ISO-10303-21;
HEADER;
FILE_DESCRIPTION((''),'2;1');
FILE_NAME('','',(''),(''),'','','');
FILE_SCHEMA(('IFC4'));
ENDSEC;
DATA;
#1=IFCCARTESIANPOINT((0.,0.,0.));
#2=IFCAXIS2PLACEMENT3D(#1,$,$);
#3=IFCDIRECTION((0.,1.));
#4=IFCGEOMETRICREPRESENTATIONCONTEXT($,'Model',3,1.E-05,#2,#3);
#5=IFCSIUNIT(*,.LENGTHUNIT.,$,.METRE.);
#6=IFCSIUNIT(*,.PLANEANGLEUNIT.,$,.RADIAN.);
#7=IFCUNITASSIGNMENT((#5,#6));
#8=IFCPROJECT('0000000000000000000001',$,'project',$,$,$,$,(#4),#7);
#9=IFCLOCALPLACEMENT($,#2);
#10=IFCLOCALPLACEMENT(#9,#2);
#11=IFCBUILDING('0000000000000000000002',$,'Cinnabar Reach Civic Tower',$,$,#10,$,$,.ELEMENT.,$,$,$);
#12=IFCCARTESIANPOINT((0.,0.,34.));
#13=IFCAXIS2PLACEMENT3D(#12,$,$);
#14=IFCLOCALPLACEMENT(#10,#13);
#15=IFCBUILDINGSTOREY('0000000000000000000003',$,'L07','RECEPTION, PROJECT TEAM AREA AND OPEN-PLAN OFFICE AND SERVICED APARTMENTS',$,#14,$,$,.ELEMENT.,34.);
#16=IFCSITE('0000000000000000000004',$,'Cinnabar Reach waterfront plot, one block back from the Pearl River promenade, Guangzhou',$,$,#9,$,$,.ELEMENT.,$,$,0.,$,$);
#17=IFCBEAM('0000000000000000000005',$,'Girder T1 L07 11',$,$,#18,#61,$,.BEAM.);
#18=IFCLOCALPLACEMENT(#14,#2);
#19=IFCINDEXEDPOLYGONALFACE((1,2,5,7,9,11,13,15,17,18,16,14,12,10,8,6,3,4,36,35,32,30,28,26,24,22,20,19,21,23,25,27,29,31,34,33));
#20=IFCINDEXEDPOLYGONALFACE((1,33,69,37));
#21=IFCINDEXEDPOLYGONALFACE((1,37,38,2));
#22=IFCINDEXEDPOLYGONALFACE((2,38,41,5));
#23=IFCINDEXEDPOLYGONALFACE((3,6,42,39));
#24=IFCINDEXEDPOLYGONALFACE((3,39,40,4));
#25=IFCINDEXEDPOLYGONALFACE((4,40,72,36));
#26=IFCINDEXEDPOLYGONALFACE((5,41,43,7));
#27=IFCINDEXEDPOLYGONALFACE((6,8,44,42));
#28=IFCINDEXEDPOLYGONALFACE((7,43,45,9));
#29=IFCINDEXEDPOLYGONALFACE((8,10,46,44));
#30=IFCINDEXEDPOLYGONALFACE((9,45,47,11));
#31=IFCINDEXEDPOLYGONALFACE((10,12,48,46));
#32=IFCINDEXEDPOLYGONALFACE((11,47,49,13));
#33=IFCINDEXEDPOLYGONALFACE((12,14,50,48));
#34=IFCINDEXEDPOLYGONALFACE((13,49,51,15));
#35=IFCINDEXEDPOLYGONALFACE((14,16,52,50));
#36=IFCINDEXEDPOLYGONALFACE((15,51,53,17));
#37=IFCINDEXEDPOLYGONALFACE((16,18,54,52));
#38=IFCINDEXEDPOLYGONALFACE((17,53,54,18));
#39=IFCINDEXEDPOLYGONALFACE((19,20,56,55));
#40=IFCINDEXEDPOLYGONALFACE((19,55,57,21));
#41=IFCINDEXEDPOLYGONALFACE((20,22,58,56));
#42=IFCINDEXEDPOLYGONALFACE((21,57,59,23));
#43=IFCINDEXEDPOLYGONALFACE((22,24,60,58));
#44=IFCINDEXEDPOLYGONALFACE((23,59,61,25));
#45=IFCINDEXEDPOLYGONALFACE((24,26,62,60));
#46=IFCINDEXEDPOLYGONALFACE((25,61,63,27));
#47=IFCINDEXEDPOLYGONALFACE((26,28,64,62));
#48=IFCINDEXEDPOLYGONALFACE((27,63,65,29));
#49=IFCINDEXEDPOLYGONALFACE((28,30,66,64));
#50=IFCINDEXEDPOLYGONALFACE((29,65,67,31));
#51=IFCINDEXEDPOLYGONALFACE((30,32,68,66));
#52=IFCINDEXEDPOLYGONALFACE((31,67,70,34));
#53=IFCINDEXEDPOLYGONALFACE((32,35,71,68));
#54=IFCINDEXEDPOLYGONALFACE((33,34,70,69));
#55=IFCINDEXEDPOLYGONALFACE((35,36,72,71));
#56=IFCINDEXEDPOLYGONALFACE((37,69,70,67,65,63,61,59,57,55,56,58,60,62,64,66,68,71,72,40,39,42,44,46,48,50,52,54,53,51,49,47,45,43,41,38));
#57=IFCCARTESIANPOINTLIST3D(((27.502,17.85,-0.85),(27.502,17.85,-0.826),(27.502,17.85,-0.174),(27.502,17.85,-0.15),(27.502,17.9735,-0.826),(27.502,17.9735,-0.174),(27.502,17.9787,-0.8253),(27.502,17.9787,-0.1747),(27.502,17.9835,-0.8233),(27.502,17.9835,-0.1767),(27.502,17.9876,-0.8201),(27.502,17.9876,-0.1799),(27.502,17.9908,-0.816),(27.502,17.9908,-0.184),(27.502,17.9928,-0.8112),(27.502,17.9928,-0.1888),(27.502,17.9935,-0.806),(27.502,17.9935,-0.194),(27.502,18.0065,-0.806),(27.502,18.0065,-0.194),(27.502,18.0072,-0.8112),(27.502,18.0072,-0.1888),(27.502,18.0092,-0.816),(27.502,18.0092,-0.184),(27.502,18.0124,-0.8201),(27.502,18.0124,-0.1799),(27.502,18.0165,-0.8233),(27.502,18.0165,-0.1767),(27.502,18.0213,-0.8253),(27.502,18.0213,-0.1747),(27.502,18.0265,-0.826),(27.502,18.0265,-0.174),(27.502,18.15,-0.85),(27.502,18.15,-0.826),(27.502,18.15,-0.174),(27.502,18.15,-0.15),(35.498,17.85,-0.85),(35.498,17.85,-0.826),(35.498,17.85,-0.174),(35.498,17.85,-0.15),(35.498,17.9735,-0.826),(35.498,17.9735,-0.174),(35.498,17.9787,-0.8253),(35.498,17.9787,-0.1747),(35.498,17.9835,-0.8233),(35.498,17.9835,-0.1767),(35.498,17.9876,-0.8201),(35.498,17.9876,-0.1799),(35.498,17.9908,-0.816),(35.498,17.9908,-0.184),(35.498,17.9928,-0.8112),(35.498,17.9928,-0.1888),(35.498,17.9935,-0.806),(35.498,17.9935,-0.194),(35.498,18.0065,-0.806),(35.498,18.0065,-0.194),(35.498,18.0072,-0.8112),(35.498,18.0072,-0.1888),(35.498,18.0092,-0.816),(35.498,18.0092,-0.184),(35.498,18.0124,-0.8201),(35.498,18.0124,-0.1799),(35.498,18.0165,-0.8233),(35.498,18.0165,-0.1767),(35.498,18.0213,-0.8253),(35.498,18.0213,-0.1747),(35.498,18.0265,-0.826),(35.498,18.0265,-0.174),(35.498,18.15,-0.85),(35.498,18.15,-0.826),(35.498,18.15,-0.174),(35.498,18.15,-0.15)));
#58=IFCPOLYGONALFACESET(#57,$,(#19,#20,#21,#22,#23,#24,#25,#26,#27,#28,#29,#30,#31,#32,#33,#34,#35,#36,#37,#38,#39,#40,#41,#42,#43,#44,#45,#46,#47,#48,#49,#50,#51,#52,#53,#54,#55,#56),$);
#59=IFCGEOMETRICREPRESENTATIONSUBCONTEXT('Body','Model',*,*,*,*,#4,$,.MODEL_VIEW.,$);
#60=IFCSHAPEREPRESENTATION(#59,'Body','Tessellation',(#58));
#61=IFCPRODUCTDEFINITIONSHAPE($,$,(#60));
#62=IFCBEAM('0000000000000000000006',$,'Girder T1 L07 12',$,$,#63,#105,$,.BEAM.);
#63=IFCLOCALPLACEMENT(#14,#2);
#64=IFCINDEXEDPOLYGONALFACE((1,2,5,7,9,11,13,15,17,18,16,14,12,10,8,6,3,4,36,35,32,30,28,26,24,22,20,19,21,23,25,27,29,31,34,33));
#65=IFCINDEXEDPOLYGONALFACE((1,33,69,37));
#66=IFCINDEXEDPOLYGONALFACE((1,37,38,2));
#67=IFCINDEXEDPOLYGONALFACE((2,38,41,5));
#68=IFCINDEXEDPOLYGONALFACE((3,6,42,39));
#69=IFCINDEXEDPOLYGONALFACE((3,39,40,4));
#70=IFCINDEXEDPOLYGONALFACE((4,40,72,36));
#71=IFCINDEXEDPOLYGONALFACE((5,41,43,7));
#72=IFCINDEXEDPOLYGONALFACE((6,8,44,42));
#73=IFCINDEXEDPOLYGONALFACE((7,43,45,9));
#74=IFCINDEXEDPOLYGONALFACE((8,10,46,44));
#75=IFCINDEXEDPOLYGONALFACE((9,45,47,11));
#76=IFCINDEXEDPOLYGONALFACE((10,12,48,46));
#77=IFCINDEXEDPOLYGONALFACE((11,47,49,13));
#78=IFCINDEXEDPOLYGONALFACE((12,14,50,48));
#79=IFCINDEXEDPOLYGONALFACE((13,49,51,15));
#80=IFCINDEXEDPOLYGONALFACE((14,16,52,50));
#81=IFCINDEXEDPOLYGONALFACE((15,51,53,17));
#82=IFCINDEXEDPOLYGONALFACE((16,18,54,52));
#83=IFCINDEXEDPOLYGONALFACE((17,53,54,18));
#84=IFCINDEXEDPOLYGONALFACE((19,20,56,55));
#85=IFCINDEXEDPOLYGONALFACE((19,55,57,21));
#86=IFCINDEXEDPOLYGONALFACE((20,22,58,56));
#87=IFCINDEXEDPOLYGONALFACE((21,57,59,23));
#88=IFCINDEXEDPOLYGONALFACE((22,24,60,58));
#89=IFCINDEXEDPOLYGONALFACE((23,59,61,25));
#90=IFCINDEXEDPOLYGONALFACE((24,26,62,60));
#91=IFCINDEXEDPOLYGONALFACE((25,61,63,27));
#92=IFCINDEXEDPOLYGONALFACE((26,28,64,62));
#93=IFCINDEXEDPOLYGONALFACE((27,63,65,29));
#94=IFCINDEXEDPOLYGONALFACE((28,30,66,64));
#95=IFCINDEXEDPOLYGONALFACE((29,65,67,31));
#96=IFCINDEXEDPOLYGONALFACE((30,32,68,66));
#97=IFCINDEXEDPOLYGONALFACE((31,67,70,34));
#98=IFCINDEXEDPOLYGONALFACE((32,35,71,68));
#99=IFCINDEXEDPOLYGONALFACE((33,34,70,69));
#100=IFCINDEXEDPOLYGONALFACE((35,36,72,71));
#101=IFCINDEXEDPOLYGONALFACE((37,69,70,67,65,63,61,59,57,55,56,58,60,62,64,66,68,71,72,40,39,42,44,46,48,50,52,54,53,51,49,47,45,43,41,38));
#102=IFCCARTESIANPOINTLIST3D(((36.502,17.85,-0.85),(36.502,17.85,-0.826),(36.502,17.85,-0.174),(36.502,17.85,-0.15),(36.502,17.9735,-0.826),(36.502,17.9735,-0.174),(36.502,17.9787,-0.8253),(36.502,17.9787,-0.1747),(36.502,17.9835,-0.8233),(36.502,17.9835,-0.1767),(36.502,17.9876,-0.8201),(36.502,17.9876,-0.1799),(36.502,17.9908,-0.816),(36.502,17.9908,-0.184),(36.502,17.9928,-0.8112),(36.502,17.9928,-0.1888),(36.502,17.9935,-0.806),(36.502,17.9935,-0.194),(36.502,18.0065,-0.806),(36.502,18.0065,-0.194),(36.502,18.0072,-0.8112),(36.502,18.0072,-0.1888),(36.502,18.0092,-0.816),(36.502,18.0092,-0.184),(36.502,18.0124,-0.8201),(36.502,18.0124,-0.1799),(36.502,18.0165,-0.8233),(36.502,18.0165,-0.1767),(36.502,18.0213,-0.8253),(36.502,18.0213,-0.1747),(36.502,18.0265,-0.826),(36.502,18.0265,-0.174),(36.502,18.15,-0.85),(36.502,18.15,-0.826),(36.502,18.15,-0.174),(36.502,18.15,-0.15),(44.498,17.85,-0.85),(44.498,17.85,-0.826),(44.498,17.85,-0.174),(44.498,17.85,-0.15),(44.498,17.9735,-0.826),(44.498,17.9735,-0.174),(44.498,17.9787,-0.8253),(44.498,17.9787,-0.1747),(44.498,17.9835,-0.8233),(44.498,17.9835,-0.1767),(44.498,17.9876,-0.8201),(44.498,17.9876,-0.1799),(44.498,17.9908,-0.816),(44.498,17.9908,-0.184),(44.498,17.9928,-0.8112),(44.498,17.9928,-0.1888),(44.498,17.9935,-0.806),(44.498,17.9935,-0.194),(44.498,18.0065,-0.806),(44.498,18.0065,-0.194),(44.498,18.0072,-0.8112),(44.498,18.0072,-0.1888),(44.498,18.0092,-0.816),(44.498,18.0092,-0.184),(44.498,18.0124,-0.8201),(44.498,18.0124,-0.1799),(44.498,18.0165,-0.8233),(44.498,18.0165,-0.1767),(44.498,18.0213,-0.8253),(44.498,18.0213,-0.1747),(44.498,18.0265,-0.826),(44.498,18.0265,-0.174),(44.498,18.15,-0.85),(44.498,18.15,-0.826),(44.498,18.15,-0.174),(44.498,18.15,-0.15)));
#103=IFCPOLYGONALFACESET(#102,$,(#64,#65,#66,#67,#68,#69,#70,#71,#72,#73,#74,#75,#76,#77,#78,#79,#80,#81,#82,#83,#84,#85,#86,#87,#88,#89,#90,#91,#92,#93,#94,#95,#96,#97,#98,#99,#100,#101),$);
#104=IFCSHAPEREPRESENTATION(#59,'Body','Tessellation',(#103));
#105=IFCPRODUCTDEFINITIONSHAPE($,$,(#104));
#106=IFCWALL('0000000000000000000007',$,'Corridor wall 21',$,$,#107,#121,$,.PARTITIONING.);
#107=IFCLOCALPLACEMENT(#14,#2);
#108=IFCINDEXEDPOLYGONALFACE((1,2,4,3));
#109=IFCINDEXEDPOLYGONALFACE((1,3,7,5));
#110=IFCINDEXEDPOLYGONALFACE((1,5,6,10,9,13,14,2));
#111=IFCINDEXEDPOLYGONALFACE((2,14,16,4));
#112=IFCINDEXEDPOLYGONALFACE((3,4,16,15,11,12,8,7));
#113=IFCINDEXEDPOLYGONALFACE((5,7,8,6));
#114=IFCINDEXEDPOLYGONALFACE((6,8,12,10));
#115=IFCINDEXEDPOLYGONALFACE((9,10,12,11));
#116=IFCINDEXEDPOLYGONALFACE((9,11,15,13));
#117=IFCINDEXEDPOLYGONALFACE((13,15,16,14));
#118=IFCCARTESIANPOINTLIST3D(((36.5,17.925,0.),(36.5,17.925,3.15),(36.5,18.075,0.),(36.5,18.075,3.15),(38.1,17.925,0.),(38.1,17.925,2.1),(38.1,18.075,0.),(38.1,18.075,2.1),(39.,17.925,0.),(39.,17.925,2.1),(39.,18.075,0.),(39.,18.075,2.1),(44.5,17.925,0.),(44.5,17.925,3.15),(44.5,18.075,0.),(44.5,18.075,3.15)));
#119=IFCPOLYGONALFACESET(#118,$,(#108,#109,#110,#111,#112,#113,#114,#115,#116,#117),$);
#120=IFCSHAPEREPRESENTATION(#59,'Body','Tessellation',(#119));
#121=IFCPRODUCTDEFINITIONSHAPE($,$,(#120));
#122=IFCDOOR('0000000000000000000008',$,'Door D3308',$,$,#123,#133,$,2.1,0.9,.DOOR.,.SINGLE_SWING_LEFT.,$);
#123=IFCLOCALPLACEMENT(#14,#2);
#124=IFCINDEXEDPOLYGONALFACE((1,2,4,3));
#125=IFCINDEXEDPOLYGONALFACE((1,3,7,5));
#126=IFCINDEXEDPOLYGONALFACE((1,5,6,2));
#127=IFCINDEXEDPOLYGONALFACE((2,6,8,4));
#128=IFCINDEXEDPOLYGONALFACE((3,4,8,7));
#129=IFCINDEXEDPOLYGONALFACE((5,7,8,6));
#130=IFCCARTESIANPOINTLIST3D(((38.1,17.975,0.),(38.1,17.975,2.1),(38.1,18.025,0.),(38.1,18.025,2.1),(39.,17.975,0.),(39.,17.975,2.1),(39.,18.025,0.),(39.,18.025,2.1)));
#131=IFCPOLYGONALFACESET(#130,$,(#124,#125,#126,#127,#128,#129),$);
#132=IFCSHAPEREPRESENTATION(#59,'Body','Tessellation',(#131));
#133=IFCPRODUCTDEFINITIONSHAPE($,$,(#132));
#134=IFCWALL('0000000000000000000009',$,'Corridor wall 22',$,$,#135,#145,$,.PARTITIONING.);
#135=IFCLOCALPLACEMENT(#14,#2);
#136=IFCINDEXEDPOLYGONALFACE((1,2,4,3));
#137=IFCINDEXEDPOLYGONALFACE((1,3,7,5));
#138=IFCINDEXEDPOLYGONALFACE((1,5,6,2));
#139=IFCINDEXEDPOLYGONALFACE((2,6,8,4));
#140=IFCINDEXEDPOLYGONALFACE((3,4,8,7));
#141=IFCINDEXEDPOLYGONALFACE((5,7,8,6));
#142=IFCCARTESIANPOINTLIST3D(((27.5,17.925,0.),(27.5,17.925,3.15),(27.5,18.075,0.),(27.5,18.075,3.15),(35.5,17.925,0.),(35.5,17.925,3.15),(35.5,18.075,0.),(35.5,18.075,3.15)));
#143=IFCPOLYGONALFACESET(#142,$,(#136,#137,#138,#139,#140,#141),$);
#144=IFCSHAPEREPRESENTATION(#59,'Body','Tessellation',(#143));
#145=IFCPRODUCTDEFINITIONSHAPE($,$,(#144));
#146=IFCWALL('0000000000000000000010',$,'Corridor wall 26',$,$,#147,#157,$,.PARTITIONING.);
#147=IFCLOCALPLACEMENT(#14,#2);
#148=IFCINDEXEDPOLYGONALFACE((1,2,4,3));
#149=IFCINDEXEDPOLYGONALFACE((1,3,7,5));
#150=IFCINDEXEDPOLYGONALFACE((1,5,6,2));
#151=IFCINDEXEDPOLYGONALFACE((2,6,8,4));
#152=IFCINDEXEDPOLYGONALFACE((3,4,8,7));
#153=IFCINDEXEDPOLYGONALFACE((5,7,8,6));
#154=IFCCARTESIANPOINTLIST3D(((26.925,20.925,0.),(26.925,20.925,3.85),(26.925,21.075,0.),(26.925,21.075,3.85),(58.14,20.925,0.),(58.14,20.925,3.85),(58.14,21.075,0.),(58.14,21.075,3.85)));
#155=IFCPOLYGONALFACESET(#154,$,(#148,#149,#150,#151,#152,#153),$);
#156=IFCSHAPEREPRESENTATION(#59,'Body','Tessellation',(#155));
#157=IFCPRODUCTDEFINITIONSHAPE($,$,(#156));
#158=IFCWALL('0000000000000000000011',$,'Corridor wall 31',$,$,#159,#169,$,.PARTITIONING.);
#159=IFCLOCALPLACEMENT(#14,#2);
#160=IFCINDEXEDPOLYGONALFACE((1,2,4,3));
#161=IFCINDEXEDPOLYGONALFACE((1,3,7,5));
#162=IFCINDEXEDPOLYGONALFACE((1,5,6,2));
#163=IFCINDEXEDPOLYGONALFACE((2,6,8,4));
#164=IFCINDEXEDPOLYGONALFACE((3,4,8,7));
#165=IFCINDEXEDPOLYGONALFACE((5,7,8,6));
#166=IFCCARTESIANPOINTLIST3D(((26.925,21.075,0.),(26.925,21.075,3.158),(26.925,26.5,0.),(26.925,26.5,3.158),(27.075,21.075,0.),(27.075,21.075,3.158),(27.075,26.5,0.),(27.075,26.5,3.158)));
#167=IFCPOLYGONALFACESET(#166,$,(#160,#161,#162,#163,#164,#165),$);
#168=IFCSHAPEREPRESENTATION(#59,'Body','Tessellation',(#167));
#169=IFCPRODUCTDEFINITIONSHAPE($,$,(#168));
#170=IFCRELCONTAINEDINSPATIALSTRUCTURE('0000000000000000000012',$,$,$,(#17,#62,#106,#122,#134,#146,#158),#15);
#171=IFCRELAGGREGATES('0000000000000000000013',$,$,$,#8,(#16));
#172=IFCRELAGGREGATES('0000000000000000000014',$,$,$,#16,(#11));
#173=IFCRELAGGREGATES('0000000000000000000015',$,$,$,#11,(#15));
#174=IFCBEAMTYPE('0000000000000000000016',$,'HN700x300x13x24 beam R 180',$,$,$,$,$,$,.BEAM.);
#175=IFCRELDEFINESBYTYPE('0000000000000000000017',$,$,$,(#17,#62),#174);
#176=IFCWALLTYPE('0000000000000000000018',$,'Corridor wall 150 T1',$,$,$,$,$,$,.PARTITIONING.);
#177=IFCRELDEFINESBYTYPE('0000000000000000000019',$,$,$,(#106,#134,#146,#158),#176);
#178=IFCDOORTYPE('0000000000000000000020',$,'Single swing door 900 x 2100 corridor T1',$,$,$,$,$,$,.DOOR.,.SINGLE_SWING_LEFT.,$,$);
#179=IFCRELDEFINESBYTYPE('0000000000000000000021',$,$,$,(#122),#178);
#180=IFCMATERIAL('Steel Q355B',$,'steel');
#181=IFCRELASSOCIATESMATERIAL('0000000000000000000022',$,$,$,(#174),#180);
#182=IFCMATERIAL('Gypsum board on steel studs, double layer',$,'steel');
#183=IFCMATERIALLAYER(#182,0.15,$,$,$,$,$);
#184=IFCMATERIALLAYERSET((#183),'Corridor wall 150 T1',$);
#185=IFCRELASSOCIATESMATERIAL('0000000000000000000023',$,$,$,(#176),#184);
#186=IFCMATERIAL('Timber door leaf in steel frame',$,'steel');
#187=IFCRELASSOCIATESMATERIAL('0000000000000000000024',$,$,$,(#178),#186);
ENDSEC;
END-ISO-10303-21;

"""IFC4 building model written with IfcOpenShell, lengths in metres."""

from ifc_helpers import new_model, si_unit, direction, frame, frame_2d, origin, origin_2d, place, context, subcontext, project, spatial, rectangle, i_section, extrude, material, layer, layer_set, material_profile, profile_set, type_object, element, fill, save


model = new_model("IFC4")

# Units and contexts
model_context = context("Model", 3, precision=1e-05, world=origin(), true_north=direction((0.0, 1.0)))
body_context = subcontext(model_context, "Body", "Model", "MODEL_VIEW")
ifc_project = project(units=[si_unit("LENGTHUNIT", "METRE"), si_unit("PLANEANGLEUNIT", "RADIAN")], contexts=[model_context])

# Site, building, storey
site_placement = place(None, origin())
site = spatial("IfcSite", under=ifc_project, at=site_placement, Name="Cinnabar Reach waterfront plot, one block back from the Pearl River promenade, Guangzhou", CompositionType="ELEMENT", RefElevation=0.0)
building_placement = place(site_placement, origin())
building = spatial("IfcBuilding", under=site, at=building_placement, Name="Cinnabar Reach Civic Tower", CompositionType="ELEMENT")
storey_placement = place(building_placement, frame((0.0, 0.0, 34.0)))
storey = spatial("IfcBuildingStorey", under=building, at=storey_placement, Name="L07", Description="RECEPTION, PROJECT TEAM AREA AND OPEN-PLAN OFFICE AND SERVICED APARTMENTS", CompositionType="ELEMENT", Elevation=34.0)

# Beams
ifc_material_1 = material(Name="Steel Q355B", Category="steel")
ifc_material_profile_1 = material_profile(ifc_material_1, i_section(OverallWidth=0.3, OverallDepth=0.7, WebThickness=0.013, FlangeThickness=0.024, FilletRadius=0.02, at=origin_2d()), Name="HN700x300x13x24")
ifc_profile_set_1 = profile_set([ifc_material_profile_1], Name="Steel Q355B")
beam_type_1 = type_object("IfcBeamType", Name="HN700x300x13x24 beam R 180", PredefinedType="BEAM", material=ifc_profile_set_1)
for number, where, z_axis, x_axis, name in (
    (1, (27.502, 18.0, -0.5), (1.0, 0.0, 0.0), (0.0, 1.0, 0.0), "Girder T1 L07 11"),
    (2, (36.502, 18.0, -0.5), (1.0, 0.0, 0.0), (0.0, 1.0, 0.0), "Girder T1 L07 12"),
):
    element("IfcBeam", number, at=place(storey_placement, frame(where, z_axis=z_axis, x_axis=x_axis)), inside=storey, type_object=beam_type_1, Name=name, PredefinedType="BEAM", context=body_context, shape_type="SweptSolid", body=[
        extrude(i_section(OverallWidth=0.3, OverallDepth=0.7, WebThickness=0.013, FlangeThickness=0.024, FilletRadius=0.02, at=origin_2d()), origin(), (0.0, 0.0, 1.0), 7.996),
    ])

# Wall, opening, door
ifc_material_2 = material(Name="Gypsum board on steel studs, double layer", Category="steel")
ifc_layer_1 = layer(ifc_material_2, 0.15)
ifc_layer_set_1 = layer_set([ifc_layer_1], Name="Corridor wall 150 T1")
wall_type_1 = type_object("IfcWallType", Name="Corridor wall 150 T1", PredefinedType="PARTITIONING", material=ifc_layer_set_1)
wall_1_placement = place(storey_placement, frame((36.5, 18.0, 0.0), z_axis=(0.0, 0.0, 1.0), x_axis=(1.0, 0.0, 0.0)))
wall_1 = element("IfcWall", 3, at=wall_1_placement, inside=storey, type_object=wall_type_1, Name="Corridor wall 21", PredefinedType="PARTITIONING", context=body_context, shape_type="SweptSolid", body=[
    extrude(rectangle(XDim=8.0, YDim=0.15, at=frame_2d((4.0, 0.0))), origin(), (0.0, 0.0, 1.0), 3.15),
])
opening_1_placement = place(wall_1_placement, frame((1.6, 0.0, 0.0)))
opening_1 = element("IfcOpeningElement", 4, at=opening_1_placement, cuts=wall_1, PredefinedType="OPENING", context=body_context, shape_type="SweptSolid", body=[
    extrude(rectangle(XDim=0.9, YDim=2.1, at=frame_2d((0.45, 1.05))), frame((0.0, 0.085, 0.0), z_axis=(0.0, -1.0, 0.0), x_axis=(1.0, 0.0, 0.0)), (0.0, 0.0, 1.0), 0.17),
])
ifc_material_3 = material(Name="Timber door leaf in steel frame", Category="steel")
door_type_1 = type_object("IfcDoorType", Name="Single swing door 900 x 2100 corridor T1", OperationType="SINGLE_SWING_LEFT", PredefinedType="DOOR", material=ifc_material_3)
door_1_placement = place(opening_1_placement, frame((0.9, 0.0, 0.0), z_axis=(0.0, 0.0, 1.0), x_axis=(-1.0, 0.0, 0.0)))
door_1 = element("IfcDoor", 5, at=door_1_placement, inside=storey, type_object=door_type_1, Name="Door D3308", OperationType="SINGLE_SWING_LEFT", OverallHeight=2.1, OverallWidth=0.9, PredefinedType="DOOR", context=body_context, shape_type="SweptSolid", body=[
    extrude(rectangle(XDim=0.9, YDim=2.1, at=frame_2d((0.45, 1.05))), frame((0.0, 0.025, 0.0), z_axis=(0.0, -1.0, 0.0), x_axis=(1.0, 0.0, 0.0)), (0.0, 0.0, 1.0), 0.05),
])
fill(opening_1, door_1)

# Walls
wall_2_placement = place(storey_placement, frame((27.5, 18.0, 0.0), z_axis=(0.0, 0.0, 1.0), x_axis=(1.0, 0.0, 0.0)))
element("IfcWall", 6, at=wall_2_placement, inside=storey, type_object=wall_type_1, Name="Corridor wall 22", PredefinedType="PARTITIONING", context=body_context, shape_type="SweptSolid", body=[
    extrude(rectangle(XDim=8.0, YDim=0.15, at=frame_2d((4.0, 0.0))), origin(), (0.0, 0.0, 1.0), 3.15),
])
wall_3_placement = place(storey_placement, frame((26.925, 21.0, 0.0), z_axis=(0.0, 0.0, 1.0), x_axis=(1.0, 0.0, 0.0)))
element("IfcWall", 7, at=wall_3_placement, inside=storey, type_object=wall_type_1, Name="Corridor wall 26", PredefinedType="PARTITIONING", context=body_context, shape_type="SweptSolid", body=[
    extrude(rectangle(XDim=31.215, YDim=0.15, at=frame_2d((15.6075, 0.0))), origin(), (0.0, 0.0, 1.0), 3.85),
])
wall_4_placement = place(storey_placement, frame((27.0, 21.075, 0.0), z_axis=(0.0, 0.0, 1.0), x_axis=(0.0, 1.0, 0.0)))
element("IfcWall", 8, at=wall_4_placement, inside=storey, type_object=wall_type_1, Name="Corridor wall 31", PredefinedType="PARTITIONING", context=body_context, shape_type="SweptSolid", body=[
    extrude(rectangle(XDim=5.425, YDim=0.15, at=frame_2d((2.7125, 0.0))), origin(), (0.0, 0.0, 1.0), 3.158),
])

save(model, "model.ifc")
